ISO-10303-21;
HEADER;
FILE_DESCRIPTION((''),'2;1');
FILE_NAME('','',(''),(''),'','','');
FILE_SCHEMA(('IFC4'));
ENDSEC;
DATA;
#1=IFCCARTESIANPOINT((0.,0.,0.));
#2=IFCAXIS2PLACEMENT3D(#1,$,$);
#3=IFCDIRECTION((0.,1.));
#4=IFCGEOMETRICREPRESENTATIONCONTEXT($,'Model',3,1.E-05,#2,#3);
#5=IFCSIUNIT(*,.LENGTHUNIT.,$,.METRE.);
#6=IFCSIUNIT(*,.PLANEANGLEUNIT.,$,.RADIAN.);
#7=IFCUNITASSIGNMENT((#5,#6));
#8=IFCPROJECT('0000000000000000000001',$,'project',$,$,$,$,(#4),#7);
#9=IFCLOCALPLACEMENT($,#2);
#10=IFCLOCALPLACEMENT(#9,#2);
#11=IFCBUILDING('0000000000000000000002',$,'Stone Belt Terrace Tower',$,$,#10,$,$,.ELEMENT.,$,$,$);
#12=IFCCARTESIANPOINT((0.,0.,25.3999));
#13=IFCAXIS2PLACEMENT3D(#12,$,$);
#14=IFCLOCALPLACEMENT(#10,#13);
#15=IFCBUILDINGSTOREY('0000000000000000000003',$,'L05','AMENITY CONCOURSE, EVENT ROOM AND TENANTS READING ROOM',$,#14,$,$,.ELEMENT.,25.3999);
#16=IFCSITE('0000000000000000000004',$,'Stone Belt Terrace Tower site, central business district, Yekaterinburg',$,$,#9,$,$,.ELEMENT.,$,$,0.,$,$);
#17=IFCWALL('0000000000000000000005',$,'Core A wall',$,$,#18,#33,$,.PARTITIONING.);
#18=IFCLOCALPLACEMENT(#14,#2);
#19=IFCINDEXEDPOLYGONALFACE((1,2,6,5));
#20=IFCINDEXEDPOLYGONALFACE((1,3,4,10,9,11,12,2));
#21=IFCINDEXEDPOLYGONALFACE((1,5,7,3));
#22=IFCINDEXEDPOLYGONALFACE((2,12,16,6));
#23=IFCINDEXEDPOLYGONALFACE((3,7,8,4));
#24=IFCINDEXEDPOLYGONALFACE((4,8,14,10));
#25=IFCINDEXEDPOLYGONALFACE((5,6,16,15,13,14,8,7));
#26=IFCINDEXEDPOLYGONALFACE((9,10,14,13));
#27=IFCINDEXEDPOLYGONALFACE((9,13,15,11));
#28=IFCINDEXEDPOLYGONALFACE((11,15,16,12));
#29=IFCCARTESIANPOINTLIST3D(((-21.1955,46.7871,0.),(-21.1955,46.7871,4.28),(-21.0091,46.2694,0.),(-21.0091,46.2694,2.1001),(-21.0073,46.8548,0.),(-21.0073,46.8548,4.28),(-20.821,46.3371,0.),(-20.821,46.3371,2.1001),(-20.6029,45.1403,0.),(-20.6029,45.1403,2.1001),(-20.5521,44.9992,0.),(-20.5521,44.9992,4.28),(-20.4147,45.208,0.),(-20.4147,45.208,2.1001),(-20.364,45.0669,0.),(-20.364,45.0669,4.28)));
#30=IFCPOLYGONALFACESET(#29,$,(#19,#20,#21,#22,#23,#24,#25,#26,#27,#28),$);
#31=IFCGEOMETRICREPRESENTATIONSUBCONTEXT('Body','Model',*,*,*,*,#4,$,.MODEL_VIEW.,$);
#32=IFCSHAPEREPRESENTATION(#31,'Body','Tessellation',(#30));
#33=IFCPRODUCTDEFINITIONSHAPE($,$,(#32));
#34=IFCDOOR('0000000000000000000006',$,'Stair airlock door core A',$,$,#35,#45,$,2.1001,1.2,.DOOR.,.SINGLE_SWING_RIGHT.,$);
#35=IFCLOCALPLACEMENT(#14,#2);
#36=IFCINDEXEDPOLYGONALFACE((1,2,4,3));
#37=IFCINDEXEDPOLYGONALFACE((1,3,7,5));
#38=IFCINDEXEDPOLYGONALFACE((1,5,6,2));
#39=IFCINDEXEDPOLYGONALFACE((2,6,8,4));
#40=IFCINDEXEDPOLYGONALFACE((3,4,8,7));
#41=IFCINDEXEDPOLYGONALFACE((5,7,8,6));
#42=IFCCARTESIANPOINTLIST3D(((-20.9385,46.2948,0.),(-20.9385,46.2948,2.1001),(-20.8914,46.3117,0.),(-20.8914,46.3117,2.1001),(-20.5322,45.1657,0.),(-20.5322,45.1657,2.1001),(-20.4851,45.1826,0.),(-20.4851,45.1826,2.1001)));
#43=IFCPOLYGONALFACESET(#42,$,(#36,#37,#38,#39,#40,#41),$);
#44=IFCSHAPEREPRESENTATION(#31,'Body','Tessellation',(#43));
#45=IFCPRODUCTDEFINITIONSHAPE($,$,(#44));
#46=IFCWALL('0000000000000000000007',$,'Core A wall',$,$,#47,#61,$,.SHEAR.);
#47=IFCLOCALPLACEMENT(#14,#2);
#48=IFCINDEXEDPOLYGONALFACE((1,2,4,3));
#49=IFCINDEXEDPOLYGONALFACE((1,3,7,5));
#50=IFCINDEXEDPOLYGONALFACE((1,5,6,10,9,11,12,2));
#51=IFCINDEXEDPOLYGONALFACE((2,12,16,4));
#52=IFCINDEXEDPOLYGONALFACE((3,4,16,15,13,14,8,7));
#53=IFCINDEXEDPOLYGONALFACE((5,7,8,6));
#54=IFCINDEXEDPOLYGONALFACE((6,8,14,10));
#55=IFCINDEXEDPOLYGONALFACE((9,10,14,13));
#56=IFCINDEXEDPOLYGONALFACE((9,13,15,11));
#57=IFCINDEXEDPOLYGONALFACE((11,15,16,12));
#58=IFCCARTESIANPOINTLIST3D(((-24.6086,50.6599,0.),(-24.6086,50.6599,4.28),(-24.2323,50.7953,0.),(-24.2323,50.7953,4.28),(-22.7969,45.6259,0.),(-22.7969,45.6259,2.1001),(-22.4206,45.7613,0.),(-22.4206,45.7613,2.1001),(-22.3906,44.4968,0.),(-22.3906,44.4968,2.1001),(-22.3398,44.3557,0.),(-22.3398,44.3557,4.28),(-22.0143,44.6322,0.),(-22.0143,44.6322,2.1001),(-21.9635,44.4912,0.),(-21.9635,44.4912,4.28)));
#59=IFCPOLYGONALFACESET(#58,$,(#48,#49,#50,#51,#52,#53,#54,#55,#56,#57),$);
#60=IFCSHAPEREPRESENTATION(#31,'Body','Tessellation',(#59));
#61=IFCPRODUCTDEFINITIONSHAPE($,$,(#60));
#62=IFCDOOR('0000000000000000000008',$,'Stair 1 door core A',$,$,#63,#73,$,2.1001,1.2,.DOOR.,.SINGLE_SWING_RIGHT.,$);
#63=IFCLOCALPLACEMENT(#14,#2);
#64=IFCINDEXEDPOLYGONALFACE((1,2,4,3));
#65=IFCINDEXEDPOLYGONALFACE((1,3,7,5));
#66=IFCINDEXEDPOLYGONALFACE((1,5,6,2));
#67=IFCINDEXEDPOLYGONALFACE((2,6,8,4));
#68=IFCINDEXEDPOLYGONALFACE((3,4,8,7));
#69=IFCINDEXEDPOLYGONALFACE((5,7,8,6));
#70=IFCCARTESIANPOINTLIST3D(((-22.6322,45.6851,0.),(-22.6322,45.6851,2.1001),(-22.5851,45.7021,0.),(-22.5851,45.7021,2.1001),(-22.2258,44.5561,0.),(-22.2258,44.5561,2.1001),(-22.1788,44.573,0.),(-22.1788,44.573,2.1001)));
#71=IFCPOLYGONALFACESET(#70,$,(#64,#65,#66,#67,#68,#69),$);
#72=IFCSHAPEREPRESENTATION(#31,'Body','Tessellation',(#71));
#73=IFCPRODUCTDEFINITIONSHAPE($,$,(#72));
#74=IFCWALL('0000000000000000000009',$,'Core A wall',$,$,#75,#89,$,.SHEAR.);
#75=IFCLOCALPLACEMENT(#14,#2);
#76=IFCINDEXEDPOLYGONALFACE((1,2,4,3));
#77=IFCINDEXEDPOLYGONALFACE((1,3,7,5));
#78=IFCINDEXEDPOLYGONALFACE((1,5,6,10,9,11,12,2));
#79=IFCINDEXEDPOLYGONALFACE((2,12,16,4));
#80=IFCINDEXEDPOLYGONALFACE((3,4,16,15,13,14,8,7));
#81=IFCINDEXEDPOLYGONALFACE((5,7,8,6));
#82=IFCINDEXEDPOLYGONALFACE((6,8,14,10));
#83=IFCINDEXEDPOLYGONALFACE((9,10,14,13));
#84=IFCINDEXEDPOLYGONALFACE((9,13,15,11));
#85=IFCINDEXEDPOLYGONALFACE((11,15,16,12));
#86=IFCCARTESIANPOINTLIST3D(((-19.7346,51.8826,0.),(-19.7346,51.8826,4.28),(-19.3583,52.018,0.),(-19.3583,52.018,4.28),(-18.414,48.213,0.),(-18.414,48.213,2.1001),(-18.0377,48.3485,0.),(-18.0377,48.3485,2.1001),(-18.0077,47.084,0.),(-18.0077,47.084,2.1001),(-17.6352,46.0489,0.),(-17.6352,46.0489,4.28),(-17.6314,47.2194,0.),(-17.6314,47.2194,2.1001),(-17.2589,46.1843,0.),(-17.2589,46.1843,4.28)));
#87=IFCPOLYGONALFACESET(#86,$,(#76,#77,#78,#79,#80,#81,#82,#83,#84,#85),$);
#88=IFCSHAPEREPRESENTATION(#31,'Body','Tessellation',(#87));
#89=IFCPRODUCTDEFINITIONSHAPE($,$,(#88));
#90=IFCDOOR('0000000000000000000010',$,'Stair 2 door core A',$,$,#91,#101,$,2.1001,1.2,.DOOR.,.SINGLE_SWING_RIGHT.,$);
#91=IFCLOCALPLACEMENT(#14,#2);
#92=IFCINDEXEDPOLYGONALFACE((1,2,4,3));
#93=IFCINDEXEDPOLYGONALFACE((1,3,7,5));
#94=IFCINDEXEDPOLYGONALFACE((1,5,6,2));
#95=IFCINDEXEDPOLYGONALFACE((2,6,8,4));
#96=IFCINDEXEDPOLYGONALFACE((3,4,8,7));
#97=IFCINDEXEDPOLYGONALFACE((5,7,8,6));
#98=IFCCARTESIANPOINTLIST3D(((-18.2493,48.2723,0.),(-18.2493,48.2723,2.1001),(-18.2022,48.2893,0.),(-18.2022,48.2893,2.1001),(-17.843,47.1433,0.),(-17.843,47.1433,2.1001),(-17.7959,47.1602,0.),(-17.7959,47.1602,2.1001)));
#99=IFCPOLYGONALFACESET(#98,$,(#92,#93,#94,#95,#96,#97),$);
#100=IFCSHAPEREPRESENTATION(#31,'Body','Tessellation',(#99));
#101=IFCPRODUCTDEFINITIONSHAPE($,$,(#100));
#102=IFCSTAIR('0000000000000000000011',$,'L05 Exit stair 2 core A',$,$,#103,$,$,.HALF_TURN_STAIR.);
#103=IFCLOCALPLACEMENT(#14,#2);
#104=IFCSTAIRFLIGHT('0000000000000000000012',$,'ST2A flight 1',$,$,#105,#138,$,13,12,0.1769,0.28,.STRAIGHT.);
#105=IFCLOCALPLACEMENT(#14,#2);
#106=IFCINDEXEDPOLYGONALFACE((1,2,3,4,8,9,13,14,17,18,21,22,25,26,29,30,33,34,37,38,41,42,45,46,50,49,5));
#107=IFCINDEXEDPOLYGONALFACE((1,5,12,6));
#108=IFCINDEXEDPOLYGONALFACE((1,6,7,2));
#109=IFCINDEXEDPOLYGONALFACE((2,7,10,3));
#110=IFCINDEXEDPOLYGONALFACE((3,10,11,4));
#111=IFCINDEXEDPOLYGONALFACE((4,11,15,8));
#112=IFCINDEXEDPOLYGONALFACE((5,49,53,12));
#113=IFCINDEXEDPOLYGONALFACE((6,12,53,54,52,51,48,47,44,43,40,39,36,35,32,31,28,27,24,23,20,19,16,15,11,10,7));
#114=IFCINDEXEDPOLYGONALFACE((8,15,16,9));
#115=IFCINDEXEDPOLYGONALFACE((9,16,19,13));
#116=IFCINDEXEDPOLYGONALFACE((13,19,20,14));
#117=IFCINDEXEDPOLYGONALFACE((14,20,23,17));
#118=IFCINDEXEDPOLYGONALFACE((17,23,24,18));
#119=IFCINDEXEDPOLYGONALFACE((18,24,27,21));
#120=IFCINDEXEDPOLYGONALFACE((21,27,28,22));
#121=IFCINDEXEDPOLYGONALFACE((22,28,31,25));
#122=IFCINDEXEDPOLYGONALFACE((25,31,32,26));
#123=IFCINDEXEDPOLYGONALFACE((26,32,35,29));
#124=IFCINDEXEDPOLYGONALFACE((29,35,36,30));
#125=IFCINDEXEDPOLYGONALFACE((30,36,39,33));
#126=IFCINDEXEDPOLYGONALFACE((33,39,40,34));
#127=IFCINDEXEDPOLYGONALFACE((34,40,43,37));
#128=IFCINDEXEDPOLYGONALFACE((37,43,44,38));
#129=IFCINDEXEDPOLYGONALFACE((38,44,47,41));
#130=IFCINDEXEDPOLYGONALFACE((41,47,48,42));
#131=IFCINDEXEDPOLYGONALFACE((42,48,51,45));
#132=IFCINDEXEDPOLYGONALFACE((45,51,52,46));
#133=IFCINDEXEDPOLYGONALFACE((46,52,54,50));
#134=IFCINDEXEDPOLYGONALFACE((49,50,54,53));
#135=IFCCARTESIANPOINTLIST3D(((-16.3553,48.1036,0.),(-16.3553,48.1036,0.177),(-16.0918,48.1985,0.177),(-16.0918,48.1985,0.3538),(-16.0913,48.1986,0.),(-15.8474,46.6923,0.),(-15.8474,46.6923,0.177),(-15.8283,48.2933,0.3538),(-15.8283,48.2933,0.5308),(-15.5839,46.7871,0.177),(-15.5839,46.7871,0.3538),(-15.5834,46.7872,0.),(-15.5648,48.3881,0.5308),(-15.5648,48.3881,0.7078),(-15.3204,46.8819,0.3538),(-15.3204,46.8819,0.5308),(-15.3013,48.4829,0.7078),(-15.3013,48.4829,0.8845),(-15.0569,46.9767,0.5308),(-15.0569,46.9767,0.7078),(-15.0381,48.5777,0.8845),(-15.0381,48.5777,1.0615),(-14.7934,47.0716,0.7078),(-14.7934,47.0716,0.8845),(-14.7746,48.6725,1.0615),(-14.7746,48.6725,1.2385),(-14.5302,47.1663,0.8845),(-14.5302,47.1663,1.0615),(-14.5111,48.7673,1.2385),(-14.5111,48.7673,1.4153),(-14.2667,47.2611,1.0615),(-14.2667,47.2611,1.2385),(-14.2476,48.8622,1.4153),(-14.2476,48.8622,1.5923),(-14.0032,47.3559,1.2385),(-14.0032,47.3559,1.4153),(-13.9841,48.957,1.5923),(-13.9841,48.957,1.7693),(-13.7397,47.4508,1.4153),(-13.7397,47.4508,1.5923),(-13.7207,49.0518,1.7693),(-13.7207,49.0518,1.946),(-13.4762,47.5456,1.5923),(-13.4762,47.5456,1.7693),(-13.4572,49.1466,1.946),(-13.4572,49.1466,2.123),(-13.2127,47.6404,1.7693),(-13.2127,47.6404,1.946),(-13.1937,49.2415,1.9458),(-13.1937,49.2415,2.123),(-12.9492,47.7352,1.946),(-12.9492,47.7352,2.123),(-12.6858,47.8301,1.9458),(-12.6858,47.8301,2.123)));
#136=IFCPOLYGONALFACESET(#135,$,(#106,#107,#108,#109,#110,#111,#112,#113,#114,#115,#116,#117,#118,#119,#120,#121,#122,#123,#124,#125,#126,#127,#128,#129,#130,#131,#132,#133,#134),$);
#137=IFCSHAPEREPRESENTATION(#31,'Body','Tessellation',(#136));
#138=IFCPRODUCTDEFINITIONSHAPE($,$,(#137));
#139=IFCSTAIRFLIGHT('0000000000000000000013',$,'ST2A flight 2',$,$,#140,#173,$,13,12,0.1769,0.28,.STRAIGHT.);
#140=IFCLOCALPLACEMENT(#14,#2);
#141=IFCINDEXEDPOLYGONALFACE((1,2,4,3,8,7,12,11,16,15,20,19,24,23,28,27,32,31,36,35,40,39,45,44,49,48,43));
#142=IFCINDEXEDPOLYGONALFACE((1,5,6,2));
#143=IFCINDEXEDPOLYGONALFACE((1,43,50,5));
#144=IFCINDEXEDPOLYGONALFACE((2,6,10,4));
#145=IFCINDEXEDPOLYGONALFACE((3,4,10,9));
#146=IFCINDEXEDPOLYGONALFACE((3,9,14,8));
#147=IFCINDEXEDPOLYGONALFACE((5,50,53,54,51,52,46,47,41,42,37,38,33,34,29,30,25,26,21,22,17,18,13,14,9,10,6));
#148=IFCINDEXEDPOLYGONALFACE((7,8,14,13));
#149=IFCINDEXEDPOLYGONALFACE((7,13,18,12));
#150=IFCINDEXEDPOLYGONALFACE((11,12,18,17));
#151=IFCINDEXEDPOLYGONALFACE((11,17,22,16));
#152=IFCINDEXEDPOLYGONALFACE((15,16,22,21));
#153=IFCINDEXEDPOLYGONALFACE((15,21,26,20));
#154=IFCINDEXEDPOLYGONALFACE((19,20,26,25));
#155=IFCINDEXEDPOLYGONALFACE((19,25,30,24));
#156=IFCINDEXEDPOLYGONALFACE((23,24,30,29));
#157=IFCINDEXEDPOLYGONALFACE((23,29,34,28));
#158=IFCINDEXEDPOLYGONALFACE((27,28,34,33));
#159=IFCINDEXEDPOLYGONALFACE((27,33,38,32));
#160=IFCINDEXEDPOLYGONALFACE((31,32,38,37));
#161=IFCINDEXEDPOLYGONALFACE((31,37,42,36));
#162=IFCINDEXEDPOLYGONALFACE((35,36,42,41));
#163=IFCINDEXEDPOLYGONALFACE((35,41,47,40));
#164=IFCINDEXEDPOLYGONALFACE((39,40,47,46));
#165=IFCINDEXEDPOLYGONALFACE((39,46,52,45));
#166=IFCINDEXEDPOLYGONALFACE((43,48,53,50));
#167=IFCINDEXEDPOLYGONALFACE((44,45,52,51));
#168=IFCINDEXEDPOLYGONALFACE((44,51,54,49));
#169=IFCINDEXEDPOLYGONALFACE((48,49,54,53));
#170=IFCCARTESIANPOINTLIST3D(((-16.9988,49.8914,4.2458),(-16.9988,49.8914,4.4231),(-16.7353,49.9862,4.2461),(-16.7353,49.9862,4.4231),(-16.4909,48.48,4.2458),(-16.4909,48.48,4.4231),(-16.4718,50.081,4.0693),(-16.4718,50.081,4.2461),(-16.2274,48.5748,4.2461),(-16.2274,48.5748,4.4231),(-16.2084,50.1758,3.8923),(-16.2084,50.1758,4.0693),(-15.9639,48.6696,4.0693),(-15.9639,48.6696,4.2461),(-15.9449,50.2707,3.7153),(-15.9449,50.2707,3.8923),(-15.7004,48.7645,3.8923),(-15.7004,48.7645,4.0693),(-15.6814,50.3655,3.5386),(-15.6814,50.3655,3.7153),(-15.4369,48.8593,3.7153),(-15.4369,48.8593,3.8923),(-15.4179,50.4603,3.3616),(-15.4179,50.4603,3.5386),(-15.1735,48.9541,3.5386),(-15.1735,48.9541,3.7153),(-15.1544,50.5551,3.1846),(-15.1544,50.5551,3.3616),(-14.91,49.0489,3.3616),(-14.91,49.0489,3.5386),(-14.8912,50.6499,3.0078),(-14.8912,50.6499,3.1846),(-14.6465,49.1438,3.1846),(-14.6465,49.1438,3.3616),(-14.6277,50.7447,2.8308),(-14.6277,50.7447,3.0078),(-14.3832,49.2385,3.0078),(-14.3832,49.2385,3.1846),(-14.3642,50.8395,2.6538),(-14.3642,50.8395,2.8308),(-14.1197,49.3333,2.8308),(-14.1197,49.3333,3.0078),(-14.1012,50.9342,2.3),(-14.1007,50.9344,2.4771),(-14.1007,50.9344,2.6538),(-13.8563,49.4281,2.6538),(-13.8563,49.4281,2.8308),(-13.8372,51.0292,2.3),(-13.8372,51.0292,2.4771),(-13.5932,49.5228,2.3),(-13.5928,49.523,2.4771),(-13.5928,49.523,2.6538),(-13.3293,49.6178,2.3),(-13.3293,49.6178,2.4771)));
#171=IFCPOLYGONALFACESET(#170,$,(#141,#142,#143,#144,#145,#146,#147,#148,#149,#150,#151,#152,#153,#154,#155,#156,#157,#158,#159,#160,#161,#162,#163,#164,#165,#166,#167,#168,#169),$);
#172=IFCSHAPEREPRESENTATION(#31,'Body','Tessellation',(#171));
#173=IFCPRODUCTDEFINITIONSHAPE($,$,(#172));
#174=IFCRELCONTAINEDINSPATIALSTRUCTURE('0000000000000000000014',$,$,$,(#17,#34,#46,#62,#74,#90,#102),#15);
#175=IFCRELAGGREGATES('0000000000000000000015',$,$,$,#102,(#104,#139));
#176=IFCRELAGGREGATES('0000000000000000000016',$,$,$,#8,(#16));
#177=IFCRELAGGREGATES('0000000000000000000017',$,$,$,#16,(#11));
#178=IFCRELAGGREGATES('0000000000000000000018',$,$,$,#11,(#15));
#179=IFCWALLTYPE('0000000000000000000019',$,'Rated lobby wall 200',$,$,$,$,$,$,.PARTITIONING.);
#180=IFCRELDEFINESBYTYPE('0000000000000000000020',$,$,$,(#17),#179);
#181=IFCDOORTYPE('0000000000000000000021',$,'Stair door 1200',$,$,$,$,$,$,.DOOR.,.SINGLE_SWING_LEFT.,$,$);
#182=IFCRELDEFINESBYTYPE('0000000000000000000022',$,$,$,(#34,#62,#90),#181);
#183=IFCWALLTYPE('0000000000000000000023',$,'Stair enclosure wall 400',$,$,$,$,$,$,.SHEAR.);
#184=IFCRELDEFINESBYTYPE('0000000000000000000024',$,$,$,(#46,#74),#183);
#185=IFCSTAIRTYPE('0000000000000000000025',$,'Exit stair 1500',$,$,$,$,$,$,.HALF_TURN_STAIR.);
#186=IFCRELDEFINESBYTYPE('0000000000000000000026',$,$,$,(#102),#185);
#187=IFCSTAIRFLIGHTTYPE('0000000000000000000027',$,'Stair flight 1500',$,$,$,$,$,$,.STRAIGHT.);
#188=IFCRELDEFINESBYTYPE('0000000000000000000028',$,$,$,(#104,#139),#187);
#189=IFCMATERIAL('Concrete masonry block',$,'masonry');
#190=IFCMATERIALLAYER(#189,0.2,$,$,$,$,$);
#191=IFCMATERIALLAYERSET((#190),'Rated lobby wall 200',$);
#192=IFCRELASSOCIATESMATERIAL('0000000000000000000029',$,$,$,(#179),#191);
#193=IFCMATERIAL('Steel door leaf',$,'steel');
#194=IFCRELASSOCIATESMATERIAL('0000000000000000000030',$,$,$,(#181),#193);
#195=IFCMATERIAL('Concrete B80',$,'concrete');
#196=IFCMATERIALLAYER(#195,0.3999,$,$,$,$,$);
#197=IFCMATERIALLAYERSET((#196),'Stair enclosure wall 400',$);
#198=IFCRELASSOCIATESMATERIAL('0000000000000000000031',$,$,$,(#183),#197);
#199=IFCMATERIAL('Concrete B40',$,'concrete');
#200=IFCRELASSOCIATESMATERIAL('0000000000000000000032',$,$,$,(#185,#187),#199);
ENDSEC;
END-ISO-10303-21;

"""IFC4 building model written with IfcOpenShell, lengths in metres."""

from ifc_helpers import new_model, si_unit, direction, frame, frame_2d, origin, place, context, subcontext, project, spatial, polyline, rectangle, outline, extrude, material, layer, layer_set, type_object, element, fill, aggregate, save


model = new_model("IFC4")

# Units and contexts
model_context = context("Model", 3, precision=1e-05, world=origin(), true_north=direction((0.0, 1.0)))
body_context = subcontext(model_context, "Body", "Model", "MODEL_VIEW")
ifc_project = project(units=[si_unit("LENGTHUNIT", "METRE"), si_unit("PLANEANGLEUNIT", "RADIAN")], contexts=[model_context])

# Site, building, storey
site_placement = place(None, origin())
site = spatial("IfcSite", under=ifc_project, at=site_placement, Name="Stone Belt Terrace Tower site, central business district, Yekaterinburg", CompositionType="ELEMENT", RefElevation=0.0)
building_placement = place(site_placement, origin())
building = spatial("IfcBuilding", under=site, at=building_placement, Name="Stone Belt Terrace Tower", CompositionType="ELEMENT")
storey_placement = place(building_placement, frame((0.0, 0.0, 25.3999)))
storey = spatial("IfcBuildingStorey", under=building, at=storey_placement, Name="L05", Description="AMENITY CONCOURSE, EVENT ROOM AND TENANTS READING ROOM", CompositionType="ELEMENT", Elevation=25.3999)

# Shared definitions
ifc_material_1 = material(Name="Concrete B80", Category="concrete")

# Shared definitions
ifc_material_2 = material(Name="Concrete masonry block", Category="masonry")
ifc_layer_1 = layer(ifc_material_2, 0.2)
ifc_layer_set_1 = layer_set([ifc_layer_1], Name="Rated lobby wall 200")
wall_type_1 = type_object("IfcWallType", Name="Rated lobby wall 200", PredefinedType="PARTITIONING", material=ifc_layer_set_1)

# Walls, openings, doors
wall_1_placement = place(storey_placement, frame((-20.458, 45.033, 0.0), z_axis=(0.0, 0.0, 1.0), x_axis=(-0.338574, 0.94094, 0.0)))
wall_1 = element("IfcWall", 1, at=wall_1_placement, inside=storey, type_object=wall_type_1, Name="Core A wall", PredefinedType="PARTITIONING", context=body_context, shape_type="SweptSolid", body=[
    extrude(rectangle(XDim=1.9001, YDim=0.2, at=frame_2d((0.9502, 0.0))), origin(), (0.0, 0.0, 1.0), 4.28),
])
opening_1_placement = place(wall_1_placement, frame((0.1499, 0.0, 0.0)))
opening_1 = element("IfcOpeningElement", 2, at=opening_1_placement, cuts=wall_1, PredefinedType="OPENING", context=body_context, shape_type="SweptSolid", body=[
    extrude(rectangle(XDim=1.2, YDim=2.1001, at=frame_2d((0.6001, 1.05))), frame((0.0, 0.1099, 0.0), z_axis=(0.0, -1.0, 0.0), x_axis=(1.0, 0.0, 0.0)), (0.0, 0.0, 1.0), 0.22),
])
ifc_material_3 = material(Name="Steel door leaf", Category="steel")
door_type = type_object("IfcDoorType", Name="Stair door 1200", OperationType="SINGLE_SWING_LEFT", PredefinedType="DOOR", material=ifc_material_3)
door_1_placement = place(opening_1_placement, origin())
door_1 = element("IfcDoor", 3, at=door_1_placement, inside=storey, type_object=door_type, Name="Stair airlock door core A", OperationType="SINGLE_SWING_RIGHT", OverallHeight=2.1001, OverallWidth=1.2, PredefinedType="DOOR", context=body_context, shape_type="SweptSolid", body=[
    extrude(rectangle(XDim=1.2, YDim=2.1001, at=frame_2d((0.6001, 1.05))), frame((0.0, 0.0249, 0.0), z_axis=(0.0, -1.0, 0.0), x_axis=(1.0, 0.0, 0.0)), (0.0, 0.0, 1.0), 0.05),
])
fill(opening_1, door_1)
ifc_layer_2 = layer(ifc_material_1, 0.3999)
ifc_layer_set_2 = layer_set([ifc_layer_2], Name="Stair enclosure wall 400")
wall_type_2 = type_object("IfcWallType", Name="Stair enclosure wall 400", PredefinedType="SHEAR", material=ifc_layer_set_2)
wall_2_placement = place(storey_placement, frame((-22.1516, 44.4233, 0.0), z_axis=(0.0, 0.0, 1.0), x_axis=(-0.338625, 0.940921, 0.0)))
wall_2 = element("IfcWall", 4, at=wall_2_placement, inside=storey, type_object=wall_type_2, Name="Core A wall", PredefinedType="SHEAR", context=body_context, shape_type="SweptSolid", body=[
    extrude(rectangle(XDim=6.7, YDim=0.3999, at=frame_2d((3.3501, 0.0))), origin(), (0.0, 0.0, 1.0), 4.28),
])
opening_2_placement = place(wall_2_placement, frame((0.1499, 0.0, 0.0)))
opening_2 = element("IfcOpeningElement", 5, at=opening_2_placement, cuts=wall_2, PredefinedType="OPENING", context=body_context, shape_type="SweptSolid", body=[
    extrude(rectangle(XDim=1.2, YDim=2.1001, at=frame_2d((0.6001, 1.05))), frame((0.0, 0.21, 0.0), z_axis=(0.0, -1.0, 0.0), x_axis=(1.0, 0.0, 0.0)), (0.0, 0.0, 1.0), 0.4199),
])
door_2_placement = place(opening_2_placement, origin())
door_2 = element("IfcDoor", 6, at=door_2_placement, inside=storey, type_object=door_type, Name="Stair 1 door core A", OperationType="SINGLE_SWING_RIGHT", OverallHeight=2.1001, OverallWidth=1.2, PredefinedType="DOOR", context=body_context, shape_type="SweptSolid", body=[
    extrude(rectangle(XDim=1.2, YDim=2.1001, at=frame_2d((0.6001, 1.05))), frame((0.0, 0.0249, 0.0), z_axis=(0.0, -1.0, 0.0), x_axis=(1.0, 0.0, 0.0)), (0.0, 0.0, 1.0), 0.05),
])
fill(opening_2, door_2)
wall_3_placement = place(storey_placement, frame((-17.447, 46.1165, 0.0), z_axis=(0.0, 0.0, 1.0), x_axis=(-0.338608, 0.940928, 0.0)))
wall_3 = element("IfcWall", 7, at=wall_3_placement, inside=storey, type_object=wall_type_2, Name="Core A wall", PredefinedType="SHEAR", context=body_context, shape_type="SweptSolid", body=[
    extrude(rectangle(XDim=6.2, YDim=0.3999, at=frame_2d((3.1001, 0.0))), origin(), (0.0, 0.0, 1.0), 4.28),
])
opening_3_placement = place(wall_3_placement, frame((1.1001, 0.0, 0.0)))
opening_3 = element("IfcOpeningElement", 8, at=opening_3_placement, cuts=wall_3, PredefinedType="OPENING", context=body_context, shape_type="SweptSolid", body=[
    extrude(rectangle(XDim=1.2, YDim=2.1001, at=frame_2d((0.6001, 1.05))), frame((0.0, 0.21, 0.0), z_axis=(0.0, -1.0, 0.0), x_axis=(1.0, 0.0, 0.0)), (0.0, 0.0, 1.0), 0.4199),
])
door_3_placement = place(opening_3_placement, origin())
door_3 = element("IfcDoor", 9, at=door_3_placement, inside=storey, type_object=door_type, Name="Stair 2 door core A", OperationType="SINGLE_SWING_RIGHT", OverallHeight=2.1001, OverallWidth=1.2, PredefinedType="DOOR", context=body_context, shape_type="SweptSolid", body=[
    extrude(rectangle(XDim=1.2, YDim=2.1001, at=frame_2d((0.6001, 1.05))), frame((0.0, 0.0249, 0.0), z_axis=(0.0, -1.0, 0.0), x_axis=(1.0, 0.0, 0.0)), (0.0, 0.0, 1.0), 0.05),
])
fill(opening_3, door_3)

# Stair, stair flights
ifc_material_4 = material(Name="Concrete B40", Category="concrete")
stair_type = type_object("IfcStairType", Name="Exit stair 1500", PredefinedType="HALF_TURN_STAIR", material=ifc_material_4)
stair_placement = place(storey_placement, origin())
stair = element("IfcStair", 10, at=stair_placement, inside=storey, type_object=stair_type, Name="L05 Exit stair 2 core A", PredefinedType="HALF_TURN_STAIR")
stair_flight_type = type_object("IfcStairFlightType", Name="Stair flight 1500", PredefinedType="STRAIGHT", material=ifc_material_4)
stair_flight_1_placement = place(storey_placement, frame((-16.1013, 47.3979, 0.0), z_axis=(0.0, 0.0, 1.0), x_axis=(0.940922, 0.338624, 0.0)))
stair_flight_1 = element("IfcStairFlight", 11, at=stair_flight_1_placement, type_object=stair_flight_type, Name="ST2A flight 1", NumberOfRisers=13, NumberOfTreads=12, PredefinedType="STRAIGHT", RiserHeight=0.1769, TreadLength=0.28, context=body_context, shape_type="SweptSolid", body=[
    extrude(outline(polyline([(0.0, 0.0), (0.0, 0.177), (0.28, 0.177), (0.28, 0.3538), (0.5601, 0.3538), (0.5601, 0.5308), (0.8401, 0.5308), (0.8401, 0.7078), (1.1201, 0.7078), (1.1201, 0.8845), (1.3999, 0.8845), (1.3999, 1.0615), (1.6799, 1.0615), (1.6799, 1.2385), (1.96, 1.2385), (1.96, 1.4153), (2.24, 1.4153), (2.24, 1.5923), (2.52, 1.5923), (2.52, 1.7693), (2.8, 1.7693), (2.8, 1.946), (3.0801, 1.946), (3.0801, 2.123), (3.3601, 2.123), (3.3601, 2.3), (3.3601, 1.9458), (0.2805, 0.0), (0.0, 0.0)])), frame((0.0, 0.75, 0.0), z_axis=(0.0, -1.0, 0.0), x_axis=(1.0, 0.0, 0.0)), (0.0, 0.0, 1.0), 1.5),
])
stair_flight_2_placement = place(storey_placement, frame((-13.5833, 50.3235, 2.3), z_axis=(0.0, 0.0, 1.0), x_axis=(-0.940922, -0.338624, 0.0)))
stair_flight_2 = element("IfcStairFlight", 12, at=stair_flight_2_placement, type_object=stair_flight_type, Name="ST2A flight 2", NumberOfRisers=13, NumberOfTreads=12, PredefinedType="STRAIGHT", RiserHeight=0.1769, TreadLength=0.28, context=body_context, shape_type="SweptSolid", body=[
    extrude(outline(polyline([(0.0, 0.0), (0.0, 0.177), (0.28, 0.177), (0.28, 0.3538), (0.5601, 0.3538), (0.5601, 0.5308), (0.8401, 0.5308), (0.8401, 0.7078), (1.1201, 0.7078), (1.1201, 0.8845), (1.3999, 0.8845), (1.3999, 1.0615), (1.6799, 1.0615), (1.6799, 1.2385), (1.96, 1.2385), (1.96, 1.4153), (2.24, 1.4153), (2.24, 1.5923), (2.52, 1.5923), (2.52, 1.7693), (2.8, 1.7693), (2.8, 1.946), (3.0801, 1.946), (3.0801, 2.123), (3.3601, 2.123), (3.3601, 2.3), (3.3601, 1.9458), (0.2805, 0.0), (0.0, 0.0)])), frame((0.0, 0.75, 0.0), z_axis=(0.0, -1.0, 0.0), x_axis=(1.0, 0.0, 0.0)), (0.0, 0.0, 1.0), 1.5),
])
aggregate(stair, [stair_flight_1, stair_flight_2])

save(model, "model.ifc")
